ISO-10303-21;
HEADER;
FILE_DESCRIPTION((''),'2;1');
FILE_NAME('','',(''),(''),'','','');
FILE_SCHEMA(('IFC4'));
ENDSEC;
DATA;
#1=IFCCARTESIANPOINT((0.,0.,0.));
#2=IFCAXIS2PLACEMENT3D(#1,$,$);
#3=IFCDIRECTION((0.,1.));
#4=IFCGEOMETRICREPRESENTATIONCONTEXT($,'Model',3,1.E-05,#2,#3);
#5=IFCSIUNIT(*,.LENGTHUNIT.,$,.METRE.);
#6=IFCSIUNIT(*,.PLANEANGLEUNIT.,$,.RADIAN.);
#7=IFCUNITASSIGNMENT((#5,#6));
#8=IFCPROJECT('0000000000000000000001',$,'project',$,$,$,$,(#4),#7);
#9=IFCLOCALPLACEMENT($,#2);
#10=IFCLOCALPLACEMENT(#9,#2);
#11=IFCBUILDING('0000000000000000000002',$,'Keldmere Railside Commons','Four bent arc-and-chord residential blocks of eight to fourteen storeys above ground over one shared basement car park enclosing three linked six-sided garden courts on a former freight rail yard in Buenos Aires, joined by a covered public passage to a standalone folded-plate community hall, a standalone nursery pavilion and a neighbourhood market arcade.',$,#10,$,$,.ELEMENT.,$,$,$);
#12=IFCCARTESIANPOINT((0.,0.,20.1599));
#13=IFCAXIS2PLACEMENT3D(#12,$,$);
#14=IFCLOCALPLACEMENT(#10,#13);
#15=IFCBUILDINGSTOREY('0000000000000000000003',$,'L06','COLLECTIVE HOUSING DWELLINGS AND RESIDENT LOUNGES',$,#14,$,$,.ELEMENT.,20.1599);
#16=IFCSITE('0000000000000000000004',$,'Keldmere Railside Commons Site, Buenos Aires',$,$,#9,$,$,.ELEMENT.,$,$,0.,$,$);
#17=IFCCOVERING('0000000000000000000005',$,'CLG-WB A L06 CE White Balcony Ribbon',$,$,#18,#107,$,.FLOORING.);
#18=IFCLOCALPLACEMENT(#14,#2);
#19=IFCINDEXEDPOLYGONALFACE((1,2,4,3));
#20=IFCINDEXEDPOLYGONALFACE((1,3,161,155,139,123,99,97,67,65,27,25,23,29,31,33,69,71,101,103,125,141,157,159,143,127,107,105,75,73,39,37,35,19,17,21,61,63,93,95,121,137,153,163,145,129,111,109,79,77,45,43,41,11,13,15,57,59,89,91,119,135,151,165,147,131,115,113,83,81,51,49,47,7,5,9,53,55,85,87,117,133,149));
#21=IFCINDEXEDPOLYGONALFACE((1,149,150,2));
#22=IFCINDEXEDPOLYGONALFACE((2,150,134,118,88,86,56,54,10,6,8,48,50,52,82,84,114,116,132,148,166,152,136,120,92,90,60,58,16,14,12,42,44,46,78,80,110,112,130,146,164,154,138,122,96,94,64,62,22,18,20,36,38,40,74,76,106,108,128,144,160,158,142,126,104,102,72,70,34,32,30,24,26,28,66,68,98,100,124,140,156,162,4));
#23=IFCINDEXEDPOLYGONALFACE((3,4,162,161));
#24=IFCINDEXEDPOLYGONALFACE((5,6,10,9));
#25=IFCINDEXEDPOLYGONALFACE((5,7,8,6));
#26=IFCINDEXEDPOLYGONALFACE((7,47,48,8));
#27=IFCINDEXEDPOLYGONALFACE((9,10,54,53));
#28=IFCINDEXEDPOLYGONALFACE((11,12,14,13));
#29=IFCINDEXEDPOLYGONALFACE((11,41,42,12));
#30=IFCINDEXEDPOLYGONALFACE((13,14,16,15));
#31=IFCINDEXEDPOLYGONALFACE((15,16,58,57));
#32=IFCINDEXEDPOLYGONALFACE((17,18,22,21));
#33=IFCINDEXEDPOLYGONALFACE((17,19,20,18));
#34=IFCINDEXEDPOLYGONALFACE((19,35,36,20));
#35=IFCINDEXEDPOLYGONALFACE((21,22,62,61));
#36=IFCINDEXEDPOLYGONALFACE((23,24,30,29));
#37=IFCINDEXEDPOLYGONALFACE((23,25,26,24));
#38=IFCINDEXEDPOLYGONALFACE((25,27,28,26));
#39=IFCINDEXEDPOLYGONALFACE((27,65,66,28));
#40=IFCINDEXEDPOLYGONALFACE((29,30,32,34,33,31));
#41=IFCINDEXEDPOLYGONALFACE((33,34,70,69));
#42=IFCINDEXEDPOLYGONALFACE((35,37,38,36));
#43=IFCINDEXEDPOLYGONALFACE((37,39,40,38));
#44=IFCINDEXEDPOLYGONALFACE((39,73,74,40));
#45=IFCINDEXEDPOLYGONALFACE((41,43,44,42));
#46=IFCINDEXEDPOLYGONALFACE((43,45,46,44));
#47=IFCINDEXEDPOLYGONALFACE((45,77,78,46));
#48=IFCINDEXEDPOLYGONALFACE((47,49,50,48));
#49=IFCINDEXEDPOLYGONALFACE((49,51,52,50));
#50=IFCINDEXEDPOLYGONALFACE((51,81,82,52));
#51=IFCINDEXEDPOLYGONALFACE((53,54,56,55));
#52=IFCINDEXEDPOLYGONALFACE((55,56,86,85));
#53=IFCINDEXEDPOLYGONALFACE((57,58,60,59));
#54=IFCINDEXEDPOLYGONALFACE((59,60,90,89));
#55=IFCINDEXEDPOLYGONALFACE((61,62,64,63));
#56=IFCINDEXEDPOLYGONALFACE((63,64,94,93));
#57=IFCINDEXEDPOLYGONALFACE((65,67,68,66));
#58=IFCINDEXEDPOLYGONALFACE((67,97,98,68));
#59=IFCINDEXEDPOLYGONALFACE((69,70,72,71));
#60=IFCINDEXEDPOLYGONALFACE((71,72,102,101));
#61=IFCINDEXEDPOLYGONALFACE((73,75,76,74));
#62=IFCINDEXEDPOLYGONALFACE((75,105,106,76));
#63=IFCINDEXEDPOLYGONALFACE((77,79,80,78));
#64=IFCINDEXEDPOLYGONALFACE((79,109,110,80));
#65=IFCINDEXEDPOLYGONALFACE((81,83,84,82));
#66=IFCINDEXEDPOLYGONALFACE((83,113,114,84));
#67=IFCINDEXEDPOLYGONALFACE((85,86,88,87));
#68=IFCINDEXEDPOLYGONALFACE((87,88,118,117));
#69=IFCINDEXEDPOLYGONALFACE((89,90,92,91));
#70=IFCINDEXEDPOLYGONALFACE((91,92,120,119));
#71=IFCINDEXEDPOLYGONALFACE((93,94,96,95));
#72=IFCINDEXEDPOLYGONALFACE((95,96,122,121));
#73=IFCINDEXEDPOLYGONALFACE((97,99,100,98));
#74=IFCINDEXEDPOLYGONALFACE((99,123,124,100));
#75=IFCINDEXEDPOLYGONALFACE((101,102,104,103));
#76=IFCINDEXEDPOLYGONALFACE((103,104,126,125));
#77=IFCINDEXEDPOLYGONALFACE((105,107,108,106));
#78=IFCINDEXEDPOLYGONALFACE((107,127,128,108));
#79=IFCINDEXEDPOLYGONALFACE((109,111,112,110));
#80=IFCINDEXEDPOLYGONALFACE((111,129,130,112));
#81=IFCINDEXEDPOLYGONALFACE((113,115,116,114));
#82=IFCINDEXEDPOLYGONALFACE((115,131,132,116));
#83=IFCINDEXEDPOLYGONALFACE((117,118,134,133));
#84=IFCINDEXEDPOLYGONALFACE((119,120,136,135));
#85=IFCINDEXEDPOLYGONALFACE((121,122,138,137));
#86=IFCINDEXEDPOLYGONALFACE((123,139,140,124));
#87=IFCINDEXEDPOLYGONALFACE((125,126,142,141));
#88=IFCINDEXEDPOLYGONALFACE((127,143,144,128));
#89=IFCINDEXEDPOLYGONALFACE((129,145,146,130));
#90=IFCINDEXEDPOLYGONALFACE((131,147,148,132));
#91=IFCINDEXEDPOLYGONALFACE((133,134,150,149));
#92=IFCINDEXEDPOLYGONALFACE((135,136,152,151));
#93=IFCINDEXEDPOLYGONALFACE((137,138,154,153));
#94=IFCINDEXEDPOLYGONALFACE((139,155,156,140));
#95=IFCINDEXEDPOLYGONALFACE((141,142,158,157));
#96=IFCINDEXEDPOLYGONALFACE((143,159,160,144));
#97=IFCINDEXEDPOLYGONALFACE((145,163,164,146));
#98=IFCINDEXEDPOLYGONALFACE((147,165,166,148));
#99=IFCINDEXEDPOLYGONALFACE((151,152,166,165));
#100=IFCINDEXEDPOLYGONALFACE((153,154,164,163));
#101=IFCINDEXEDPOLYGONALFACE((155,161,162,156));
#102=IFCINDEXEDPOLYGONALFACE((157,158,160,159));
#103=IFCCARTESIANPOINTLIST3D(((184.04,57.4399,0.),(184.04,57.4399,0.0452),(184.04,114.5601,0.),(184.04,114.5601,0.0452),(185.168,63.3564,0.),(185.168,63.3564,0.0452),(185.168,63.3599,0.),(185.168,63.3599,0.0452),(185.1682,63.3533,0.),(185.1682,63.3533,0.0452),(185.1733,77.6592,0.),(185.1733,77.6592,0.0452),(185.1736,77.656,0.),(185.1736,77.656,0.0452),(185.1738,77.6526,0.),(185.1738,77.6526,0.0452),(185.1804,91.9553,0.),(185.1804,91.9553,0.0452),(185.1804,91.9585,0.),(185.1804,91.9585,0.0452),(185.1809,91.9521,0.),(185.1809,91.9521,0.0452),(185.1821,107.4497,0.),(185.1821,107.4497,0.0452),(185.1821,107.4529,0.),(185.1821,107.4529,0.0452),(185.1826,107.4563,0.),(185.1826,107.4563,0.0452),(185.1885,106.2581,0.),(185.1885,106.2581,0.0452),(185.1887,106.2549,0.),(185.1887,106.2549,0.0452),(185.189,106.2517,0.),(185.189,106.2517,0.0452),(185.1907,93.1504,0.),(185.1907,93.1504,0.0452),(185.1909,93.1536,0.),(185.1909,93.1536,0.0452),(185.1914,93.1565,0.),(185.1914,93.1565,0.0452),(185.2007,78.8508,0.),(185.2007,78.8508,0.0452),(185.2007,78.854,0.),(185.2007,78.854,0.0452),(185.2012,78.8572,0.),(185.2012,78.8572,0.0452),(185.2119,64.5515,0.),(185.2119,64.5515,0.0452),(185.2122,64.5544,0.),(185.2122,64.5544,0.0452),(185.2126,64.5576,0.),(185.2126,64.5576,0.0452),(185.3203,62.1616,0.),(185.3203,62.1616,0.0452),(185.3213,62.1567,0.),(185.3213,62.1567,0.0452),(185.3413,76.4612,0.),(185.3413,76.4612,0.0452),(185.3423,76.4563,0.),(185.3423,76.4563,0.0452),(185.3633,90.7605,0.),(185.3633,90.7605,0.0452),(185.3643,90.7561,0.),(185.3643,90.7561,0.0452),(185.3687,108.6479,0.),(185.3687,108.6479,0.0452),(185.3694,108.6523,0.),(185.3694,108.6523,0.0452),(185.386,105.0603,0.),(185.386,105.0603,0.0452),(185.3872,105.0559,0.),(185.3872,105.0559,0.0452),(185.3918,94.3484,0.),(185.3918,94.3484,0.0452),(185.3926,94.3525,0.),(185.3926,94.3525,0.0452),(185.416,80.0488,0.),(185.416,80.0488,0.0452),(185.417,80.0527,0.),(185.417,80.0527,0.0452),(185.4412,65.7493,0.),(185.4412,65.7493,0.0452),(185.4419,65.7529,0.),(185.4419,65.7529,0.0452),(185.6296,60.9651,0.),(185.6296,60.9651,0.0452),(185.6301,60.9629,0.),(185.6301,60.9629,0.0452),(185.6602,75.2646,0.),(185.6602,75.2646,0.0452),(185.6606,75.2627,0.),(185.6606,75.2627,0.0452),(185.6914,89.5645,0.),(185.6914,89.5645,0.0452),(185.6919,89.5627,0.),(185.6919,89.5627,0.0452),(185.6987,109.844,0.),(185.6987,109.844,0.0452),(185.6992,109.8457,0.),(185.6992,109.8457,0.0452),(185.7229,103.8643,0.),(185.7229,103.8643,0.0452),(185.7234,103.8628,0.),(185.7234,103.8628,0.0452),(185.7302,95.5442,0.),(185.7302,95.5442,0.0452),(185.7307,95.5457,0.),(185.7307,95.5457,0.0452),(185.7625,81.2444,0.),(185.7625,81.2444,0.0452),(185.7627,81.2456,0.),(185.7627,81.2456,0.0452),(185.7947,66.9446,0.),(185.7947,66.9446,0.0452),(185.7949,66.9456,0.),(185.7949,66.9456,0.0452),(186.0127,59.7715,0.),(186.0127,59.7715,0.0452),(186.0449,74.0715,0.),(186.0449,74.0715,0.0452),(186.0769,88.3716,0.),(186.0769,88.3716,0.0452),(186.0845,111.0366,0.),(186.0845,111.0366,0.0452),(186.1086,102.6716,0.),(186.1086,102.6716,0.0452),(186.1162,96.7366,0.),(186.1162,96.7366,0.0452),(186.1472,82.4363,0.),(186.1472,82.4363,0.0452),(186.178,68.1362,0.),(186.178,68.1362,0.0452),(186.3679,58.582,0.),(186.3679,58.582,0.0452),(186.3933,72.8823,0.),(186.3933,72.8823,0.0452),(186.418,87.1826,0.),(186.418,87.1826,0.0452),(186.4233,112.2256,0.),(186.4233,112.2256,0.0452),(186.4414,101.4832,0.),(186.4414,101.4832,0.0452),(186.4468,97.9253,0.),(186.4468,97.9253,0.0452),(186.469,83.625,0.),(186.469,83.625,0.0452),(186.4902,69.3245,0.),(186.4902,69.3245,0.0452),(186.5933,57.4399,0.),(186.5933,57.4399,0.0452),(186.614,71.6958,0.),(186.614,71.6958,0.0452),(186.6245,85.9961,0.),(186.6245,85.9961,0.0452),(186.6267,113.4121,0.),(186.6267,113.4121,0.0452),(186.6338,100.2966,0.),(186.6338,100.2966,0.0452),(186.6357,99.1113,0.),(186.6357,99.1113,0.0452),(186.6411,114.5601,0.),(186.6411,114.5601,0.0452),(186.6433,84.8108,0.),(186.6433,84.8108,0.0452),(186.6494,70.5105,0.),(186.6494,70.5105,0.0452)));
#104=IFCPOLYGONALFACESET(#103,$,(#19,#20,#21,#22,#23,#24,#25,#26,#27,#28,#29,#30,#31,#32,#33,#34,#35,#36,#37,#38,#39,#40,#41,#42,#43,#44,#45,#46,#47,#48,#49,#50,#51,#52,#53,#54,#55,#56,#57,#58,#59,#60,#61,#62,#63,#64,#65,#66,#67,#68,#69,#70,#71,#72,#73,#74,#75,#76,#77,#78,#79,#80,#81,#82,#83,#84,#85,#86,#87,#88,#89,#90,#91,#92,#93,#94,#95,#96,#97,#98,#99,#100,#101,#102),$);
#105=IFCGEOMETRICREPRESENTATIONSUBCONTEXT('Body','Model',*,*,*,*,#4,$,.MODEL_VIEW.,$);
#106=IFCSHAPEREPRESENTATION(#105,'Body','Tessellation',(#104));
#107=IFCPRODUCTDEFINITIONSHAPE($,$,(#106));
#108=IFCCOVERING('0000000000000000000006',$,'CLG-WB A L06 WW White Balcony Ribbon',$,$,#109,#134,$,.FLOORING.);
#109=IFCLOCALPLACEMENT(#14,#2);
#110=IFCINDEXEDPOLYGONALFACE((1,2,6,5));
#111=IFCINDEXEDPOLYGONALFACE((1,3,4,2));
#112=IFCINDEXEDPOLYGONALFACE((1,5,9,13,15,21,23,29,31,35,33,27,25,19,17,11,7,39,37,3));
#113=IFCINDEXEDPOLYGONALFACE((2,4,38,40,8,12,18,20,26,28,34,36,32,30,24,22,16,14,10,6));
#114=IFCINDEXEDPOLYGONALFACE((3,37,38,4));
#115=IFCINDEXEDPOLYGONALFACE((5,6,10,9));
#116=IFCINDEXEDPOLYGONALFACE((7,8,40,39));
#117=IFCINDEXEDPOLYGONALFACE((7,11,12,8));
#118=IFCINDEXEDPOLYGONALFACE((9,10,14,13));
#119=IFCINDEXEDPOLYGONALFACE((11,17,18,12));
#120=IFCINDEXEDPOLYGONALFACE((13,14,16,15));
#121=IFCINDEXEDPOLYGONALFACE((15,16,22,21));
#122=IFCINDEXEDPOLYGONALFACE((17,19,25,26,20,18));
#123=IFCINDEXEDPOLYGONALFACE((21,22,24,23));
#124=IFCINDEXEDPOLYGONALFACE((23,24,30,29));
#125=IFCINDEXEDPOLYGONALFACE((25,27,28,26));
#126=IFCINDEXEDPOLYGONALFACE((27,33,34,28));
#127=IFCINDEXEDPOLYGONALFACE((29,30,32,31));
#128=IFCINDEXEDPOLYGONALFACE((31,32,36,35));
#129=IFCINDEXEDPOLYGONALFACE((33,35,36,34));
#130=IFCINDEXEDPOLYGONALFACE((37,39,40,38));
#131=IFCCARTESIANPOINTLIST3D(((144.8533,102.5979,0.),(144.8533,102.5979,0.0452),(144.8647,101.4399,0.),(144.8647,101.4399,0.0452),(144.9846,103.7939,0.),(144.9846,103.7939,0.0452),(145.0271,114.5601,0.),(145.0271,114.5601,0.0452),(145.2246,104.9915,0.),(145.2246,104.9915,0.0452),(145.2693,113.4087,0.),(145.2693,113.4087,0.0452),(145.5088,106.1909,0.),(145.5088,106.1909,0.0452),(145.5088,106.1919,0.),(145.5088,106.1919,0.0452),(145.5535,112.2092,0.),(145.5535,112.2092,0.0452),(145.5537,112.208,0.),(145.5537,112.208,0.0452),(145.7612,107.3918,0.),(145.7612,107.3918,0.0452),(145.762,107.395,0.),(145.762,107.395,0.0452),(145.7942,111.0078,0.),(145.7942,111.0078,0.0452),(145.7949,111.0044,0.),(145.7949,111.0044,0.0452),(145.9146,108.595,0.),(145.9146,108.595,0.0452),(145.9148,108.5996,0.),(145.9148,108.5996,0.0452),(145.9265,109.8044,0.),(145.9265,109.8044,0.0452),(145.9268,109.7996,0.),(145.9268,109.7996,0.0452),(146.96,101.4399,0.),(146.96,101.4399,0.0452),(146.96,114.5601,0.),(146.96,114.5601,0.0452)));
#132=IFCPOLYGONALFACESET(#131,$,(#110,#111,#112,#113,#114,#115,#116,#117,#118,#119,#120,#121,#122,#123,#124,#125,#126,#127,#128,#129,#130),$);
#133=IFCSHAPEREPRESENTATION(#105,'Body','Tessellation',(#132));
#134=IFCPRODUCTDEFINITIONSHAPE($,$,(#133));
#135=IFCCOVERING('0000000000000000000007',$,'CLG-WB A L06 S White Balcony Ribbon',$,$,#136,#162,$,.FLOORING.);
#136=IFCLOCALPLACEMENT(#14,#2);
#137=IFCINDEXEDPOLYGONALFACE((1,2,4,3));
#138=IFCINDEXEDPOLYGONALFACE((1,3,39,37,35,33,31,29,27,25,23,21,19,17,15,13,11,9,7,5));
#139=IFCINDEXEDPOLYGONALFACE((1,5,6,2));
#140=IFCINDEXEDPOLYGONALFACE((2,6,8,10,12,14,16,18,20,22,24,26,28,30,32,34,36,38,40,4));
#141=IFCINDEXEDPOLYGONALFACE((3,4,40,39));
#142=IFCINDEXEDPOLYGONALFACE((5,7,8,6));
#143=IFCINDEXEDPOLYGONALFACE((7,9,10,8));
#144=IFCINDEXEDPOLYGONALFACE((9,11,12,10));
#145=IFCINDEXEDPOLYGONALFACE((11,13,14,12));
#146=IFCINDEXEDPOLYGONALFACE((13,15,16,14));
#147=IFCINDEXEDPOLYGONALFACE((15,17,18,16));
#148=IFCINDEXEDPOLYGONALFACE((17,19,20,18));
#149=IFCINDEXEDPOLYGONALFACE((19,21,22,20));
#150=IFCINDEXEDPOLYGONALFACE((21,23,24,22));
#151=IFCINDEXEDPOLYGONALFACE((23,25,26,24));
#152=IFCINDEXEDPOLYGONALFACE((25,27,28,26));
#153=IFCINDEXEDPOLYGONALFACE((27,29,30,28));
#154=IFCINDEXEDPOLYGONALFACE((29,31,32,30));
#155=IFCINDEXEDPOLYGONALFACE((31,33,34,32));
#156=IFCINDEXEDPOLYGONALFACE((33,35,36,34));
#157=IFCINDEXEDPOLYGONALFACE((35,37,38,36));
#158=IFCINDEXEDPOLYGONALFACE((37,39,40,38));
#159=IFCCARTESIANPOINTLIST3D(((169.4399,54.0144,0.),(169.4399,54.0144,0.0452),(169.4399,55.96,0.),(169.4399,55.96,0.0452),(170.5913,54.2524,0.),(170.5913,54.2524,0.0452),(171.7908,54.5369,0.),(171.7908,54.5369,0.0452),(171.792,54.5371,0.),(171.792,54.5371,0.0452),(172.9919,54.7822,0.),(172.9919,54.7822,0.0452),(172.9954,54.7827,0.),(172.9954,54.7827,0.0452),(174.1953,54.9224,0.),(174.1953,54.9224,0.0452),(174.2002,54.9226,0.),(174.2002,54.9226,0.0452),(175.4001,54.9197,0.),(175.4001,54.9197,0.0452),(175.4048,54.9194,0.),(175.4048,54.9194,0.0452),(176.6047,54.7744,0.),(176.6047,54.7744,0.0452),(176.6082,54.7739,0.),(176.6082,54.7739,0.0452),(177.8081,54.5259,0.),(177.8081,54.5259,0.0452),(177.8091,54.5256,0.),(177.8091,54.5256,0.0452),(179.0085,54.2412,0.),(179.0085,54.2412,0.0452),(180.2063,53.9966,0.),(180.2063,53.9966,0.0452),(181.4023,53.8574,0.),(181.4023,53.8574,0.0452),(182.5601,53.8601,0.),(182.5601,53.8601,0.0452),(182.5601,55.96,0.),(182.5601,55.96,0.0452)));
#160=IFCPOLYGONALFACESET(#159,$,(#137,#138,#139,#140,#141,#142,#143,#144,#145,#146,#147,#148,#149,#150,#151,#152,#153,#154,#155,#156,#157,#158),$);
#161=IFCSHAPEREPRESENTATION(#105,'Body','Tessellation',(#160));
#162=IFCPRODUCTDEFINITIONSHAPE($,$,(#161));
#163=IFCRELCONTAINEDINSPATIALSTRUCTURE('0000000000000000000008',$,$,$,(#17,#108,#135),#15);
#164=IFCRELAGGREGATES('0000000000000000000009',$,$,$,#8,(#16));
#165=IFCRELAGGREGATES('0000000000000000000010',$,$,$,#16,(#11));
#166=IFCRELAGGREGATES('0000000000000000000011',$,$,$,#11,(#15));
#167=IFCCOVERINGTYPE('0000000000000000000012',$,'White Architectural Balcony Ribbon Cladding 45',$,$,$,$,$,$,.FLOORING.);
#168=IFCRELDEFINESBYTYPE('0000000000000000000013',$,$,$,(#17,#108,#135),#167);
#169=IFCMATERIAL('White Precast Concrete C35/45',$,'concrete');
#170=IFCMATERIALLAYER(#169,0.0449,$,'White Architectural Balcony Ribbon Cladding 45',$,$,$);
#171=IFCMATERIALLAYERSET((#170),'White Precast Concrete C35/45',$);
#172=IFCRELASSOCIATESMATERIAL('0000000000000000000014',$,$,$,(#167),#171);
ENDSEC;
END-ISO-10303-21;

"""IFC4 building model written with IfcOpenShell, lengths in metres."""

from ifc_helpers import new_model, si_unit, direction, frame, origin, place, context, subcontext, project, spatial, polyline, outline, extrude, material, layer, layer_set, type_object, element, save


model = new_model("IFC4")

# Units and contexts
model_context = context("Model", 3, precision=1e-05, world=origin(), true_north=direction((0.0, 1.0)))
body_context = subcontext(model_context, "Body", "Model", "MODEL_VIEW")
ifc_project = project(units=[si_unit("LENGTHUNIT", "METRE"), si_unit("PLANEANGLEUNIT", "RADIAN")], contexts=[model_context])

# Site, building, storey
site_placement = place(None, origin())
site = spatial("IfcSite", under=ifc_project, at=site_placement, Name="Keldmere Railside Commons Site, Buenos Aires", CompositionType="ELEMENT", RefElevation=0.0)
building_placement = place(site_placement, origin())
building = spatial("IfcBuilding", under=site, at=building_placement, Name="Keldmere Railside Commons", Description="Four bent arc-and-chord residential blocks of eight to fourteen storeys above ground over one shared basement car park enclosing three linked six-sided garden courts on a former freight rail yard in Buenos Aires, joined by a covered public passage to a standalone folded-plate community hall, a standalone nursery pavilion and a neighbourhood market arcade.", CompositionType="ELEMENT")
storey_placement = place(building_placement, frame((0.0, 0.0, 20.1599)))
storey = spatial("IfcBuildingStorey", under=building, at=storey_placement, Name="L06", Description="COLLECTIVE HOUSING DWELLINGS AND RESIDENT LOUNGES", CompositionType="ELEMENT", Elevation=20.1599)

# Coverings
ifc_material_1 = material(Name="White Precast Concrete C35/45", Category="concrete")
ifc_layer_1 = layer(ifc_material_1, 0.0449, Name="White Architectural Balcony Ribbon Cladding 45")
ifc_layer_set_1 = layer_set([ifc_layer_1], Name="White Precast Concrete C35/45")
covering_type_1 = type_object("IfcCoveringType", Name="White Architectural Balcony Ribbon Cladding 45", PredefinedType="FLOORING", material=ifc_layer_set_1)
covering_1_placement = place(storey_placement, origin())
element("IfcCovering", 1, at=covering_1_placement, inside=storey, type_object=covering_type_1, Name="CLG-WB A L06 CE White Balcony Ribbon", PredefinedType="FLOORING", context=body_context, shape_type="SweptSolid", body=[
    extrude(outline(polyline([(186.3679, 58.582), (186.0127, 59.7715), (185.6301, 60.9629), (185.6296, 60.9651), (185.3213, 62.1567), (185.3203, 62.1616), (185.1682, 63.3533), (185.168, 63.3564), (185.168, 63.3599), (185.2119, 64.5515), (185.2122, 64.5544), (185.2126, 64.5576), (185.4412, 65.7493), (185.4419, 65.7529), (185.7947, 66.9446), (185.7949, 66.9456), (186.178, 68.1362), (186.4902, 69.3245), (186.6494, 70.5105), (186.614, 71.6958), (186.3933, 72.8823), (186.0449, 74.0715), (185.6606, 75.2627), (185.6602, 75.2646), (185.3423, 76.4563), (185.3413, 76.4612), (185.1738, 77.6526), (185.1736, 77.656), (185.1733, 77.6592), (185.2007, 78.8508), (185.2007, 78.854), (185.2012, 78.8572), (185.416, 80.0488), (185.417, 80.0527), (185.7625, 81.2444), (185.7627, 81.2456), (186.1472, 82.4363), (186.469, 83.625), (186.6433, 84.8108), (186.6245, 85.9961), (186.418, 87.1826), (186.0769, 88.3716), (185.6919, 89.5627), (185.6914, 89.5645), (185.3643, 90.7561), (185.3633, 90.7605), (185.1809, 91.9521), (185.1804, 91.9553), (185.1804, 91.9585), (185.1907, 93.1504), (185.1909, 93.1536), (185.1914, 93.1565), (185.3918, 94.3484), (185.3926, 94.3525), (185.7302, 95.5442), (185.7307, 95.5457), (186.1162, 96.7366), (186.4468, 97.9253), (186.6357, 99.1113), (186.6338, 100.2966), (186.4414, 101.4832), (186.1086, 102.6716), (185.7234, 103.8628), (185.7229, 103.8643), (185.3872, 105.0559), (185.386, 105.0603), (185.189, 106.2517), (185.1887, 106.2549), (185.1885, 106.2581), (185.1821, 107.4497), (185.1821, 107.4529), (185.1826, 107.4563), (185.3687, 108.6479), (185.3694, 108.6523), (185.6987, 109.844), (185.6992, 109.8457), (186.0845, 111.0366), (186.4233, 112.2256), (186.6267, 113.4121), (186.6411, 114.5601), (184.04, 114.5601), (184.04, 57.4399), (186.5933, 57.4399), (186.3679, 58.582)])), origin(), (0.0, 0.0, 1.0), 0.0452),
])
covering_2_placement = place(storey_placement, origin())
element("IfcCovering", 2, at=covering_2_placement, inside=storey, type_object=covering_type_1, Name="CLG-WB A L06 WW White Balcony Ribbon", PredefinedType="FLOORING", context=body_context, shape_type="SweptSolid", body=[
    extrude(outline(polyline([(146.96, 114.5601), (145.0271, 114.5601), (145.2693, 113.4087), (145.5535, 112.2092), (145.5537, 112.208), (145.7942, 111.0078), (145.7949, 111.0044), (145.9265, 109.8044), (145.9268, 109.7996), (145.9148, 108.5996), (145.9146, 108.595), (145.762, 107.395), (145.7612, 107.3918), (145.5088, 106.1919), (145.5088, 106.1909), (145.2246, 104.9915), (144.9846, 103.7939), (144.8533, 102.5979), (144.8647, 101.4399), (146.96, 101.4399), (146.96, 114.5601)])), origin(), (0.0, 0.0, 1.0), 0.0452),
])
covering_3_placement = place(storey_placement, origin())
element("IfcCovering", 3, at=covering_3_placement, inside=storey, type_object=covering_type_1, Name="CLG-WB A L06 S White Balcony Ribbon", PredefinedType="FLOORING", context=body_context, shape_type="SweptSolid", body=[
    extrude(outline(polyline([(170.5913, 54.2524), (171.7908, 54.5369), (171.792, 54.5371), (172.9919, 54.7822), (172.9954, 54.7827), (174.1953, 54.9224), (174.2002, 54.9226), (175.4001, 54.9197), (175.4048, 54.9194), (176.6047, 54.7744), (176.6082, 54.7739), (177.8081, 54.5259), (177.8091, 54.5256), (179.0085, 54.2412), (180.2063, 53.9966), (181.4023, 53.8574), (182.5601, 53.8601), (182.5601, 55.96), (169.4399, 55.96), (169.4399, 54.0144), (170.5913, 54.2524)])), origin(), (0.0, 0.0, 1.0), 0.0452),
])

save(model, "model.ifc")
